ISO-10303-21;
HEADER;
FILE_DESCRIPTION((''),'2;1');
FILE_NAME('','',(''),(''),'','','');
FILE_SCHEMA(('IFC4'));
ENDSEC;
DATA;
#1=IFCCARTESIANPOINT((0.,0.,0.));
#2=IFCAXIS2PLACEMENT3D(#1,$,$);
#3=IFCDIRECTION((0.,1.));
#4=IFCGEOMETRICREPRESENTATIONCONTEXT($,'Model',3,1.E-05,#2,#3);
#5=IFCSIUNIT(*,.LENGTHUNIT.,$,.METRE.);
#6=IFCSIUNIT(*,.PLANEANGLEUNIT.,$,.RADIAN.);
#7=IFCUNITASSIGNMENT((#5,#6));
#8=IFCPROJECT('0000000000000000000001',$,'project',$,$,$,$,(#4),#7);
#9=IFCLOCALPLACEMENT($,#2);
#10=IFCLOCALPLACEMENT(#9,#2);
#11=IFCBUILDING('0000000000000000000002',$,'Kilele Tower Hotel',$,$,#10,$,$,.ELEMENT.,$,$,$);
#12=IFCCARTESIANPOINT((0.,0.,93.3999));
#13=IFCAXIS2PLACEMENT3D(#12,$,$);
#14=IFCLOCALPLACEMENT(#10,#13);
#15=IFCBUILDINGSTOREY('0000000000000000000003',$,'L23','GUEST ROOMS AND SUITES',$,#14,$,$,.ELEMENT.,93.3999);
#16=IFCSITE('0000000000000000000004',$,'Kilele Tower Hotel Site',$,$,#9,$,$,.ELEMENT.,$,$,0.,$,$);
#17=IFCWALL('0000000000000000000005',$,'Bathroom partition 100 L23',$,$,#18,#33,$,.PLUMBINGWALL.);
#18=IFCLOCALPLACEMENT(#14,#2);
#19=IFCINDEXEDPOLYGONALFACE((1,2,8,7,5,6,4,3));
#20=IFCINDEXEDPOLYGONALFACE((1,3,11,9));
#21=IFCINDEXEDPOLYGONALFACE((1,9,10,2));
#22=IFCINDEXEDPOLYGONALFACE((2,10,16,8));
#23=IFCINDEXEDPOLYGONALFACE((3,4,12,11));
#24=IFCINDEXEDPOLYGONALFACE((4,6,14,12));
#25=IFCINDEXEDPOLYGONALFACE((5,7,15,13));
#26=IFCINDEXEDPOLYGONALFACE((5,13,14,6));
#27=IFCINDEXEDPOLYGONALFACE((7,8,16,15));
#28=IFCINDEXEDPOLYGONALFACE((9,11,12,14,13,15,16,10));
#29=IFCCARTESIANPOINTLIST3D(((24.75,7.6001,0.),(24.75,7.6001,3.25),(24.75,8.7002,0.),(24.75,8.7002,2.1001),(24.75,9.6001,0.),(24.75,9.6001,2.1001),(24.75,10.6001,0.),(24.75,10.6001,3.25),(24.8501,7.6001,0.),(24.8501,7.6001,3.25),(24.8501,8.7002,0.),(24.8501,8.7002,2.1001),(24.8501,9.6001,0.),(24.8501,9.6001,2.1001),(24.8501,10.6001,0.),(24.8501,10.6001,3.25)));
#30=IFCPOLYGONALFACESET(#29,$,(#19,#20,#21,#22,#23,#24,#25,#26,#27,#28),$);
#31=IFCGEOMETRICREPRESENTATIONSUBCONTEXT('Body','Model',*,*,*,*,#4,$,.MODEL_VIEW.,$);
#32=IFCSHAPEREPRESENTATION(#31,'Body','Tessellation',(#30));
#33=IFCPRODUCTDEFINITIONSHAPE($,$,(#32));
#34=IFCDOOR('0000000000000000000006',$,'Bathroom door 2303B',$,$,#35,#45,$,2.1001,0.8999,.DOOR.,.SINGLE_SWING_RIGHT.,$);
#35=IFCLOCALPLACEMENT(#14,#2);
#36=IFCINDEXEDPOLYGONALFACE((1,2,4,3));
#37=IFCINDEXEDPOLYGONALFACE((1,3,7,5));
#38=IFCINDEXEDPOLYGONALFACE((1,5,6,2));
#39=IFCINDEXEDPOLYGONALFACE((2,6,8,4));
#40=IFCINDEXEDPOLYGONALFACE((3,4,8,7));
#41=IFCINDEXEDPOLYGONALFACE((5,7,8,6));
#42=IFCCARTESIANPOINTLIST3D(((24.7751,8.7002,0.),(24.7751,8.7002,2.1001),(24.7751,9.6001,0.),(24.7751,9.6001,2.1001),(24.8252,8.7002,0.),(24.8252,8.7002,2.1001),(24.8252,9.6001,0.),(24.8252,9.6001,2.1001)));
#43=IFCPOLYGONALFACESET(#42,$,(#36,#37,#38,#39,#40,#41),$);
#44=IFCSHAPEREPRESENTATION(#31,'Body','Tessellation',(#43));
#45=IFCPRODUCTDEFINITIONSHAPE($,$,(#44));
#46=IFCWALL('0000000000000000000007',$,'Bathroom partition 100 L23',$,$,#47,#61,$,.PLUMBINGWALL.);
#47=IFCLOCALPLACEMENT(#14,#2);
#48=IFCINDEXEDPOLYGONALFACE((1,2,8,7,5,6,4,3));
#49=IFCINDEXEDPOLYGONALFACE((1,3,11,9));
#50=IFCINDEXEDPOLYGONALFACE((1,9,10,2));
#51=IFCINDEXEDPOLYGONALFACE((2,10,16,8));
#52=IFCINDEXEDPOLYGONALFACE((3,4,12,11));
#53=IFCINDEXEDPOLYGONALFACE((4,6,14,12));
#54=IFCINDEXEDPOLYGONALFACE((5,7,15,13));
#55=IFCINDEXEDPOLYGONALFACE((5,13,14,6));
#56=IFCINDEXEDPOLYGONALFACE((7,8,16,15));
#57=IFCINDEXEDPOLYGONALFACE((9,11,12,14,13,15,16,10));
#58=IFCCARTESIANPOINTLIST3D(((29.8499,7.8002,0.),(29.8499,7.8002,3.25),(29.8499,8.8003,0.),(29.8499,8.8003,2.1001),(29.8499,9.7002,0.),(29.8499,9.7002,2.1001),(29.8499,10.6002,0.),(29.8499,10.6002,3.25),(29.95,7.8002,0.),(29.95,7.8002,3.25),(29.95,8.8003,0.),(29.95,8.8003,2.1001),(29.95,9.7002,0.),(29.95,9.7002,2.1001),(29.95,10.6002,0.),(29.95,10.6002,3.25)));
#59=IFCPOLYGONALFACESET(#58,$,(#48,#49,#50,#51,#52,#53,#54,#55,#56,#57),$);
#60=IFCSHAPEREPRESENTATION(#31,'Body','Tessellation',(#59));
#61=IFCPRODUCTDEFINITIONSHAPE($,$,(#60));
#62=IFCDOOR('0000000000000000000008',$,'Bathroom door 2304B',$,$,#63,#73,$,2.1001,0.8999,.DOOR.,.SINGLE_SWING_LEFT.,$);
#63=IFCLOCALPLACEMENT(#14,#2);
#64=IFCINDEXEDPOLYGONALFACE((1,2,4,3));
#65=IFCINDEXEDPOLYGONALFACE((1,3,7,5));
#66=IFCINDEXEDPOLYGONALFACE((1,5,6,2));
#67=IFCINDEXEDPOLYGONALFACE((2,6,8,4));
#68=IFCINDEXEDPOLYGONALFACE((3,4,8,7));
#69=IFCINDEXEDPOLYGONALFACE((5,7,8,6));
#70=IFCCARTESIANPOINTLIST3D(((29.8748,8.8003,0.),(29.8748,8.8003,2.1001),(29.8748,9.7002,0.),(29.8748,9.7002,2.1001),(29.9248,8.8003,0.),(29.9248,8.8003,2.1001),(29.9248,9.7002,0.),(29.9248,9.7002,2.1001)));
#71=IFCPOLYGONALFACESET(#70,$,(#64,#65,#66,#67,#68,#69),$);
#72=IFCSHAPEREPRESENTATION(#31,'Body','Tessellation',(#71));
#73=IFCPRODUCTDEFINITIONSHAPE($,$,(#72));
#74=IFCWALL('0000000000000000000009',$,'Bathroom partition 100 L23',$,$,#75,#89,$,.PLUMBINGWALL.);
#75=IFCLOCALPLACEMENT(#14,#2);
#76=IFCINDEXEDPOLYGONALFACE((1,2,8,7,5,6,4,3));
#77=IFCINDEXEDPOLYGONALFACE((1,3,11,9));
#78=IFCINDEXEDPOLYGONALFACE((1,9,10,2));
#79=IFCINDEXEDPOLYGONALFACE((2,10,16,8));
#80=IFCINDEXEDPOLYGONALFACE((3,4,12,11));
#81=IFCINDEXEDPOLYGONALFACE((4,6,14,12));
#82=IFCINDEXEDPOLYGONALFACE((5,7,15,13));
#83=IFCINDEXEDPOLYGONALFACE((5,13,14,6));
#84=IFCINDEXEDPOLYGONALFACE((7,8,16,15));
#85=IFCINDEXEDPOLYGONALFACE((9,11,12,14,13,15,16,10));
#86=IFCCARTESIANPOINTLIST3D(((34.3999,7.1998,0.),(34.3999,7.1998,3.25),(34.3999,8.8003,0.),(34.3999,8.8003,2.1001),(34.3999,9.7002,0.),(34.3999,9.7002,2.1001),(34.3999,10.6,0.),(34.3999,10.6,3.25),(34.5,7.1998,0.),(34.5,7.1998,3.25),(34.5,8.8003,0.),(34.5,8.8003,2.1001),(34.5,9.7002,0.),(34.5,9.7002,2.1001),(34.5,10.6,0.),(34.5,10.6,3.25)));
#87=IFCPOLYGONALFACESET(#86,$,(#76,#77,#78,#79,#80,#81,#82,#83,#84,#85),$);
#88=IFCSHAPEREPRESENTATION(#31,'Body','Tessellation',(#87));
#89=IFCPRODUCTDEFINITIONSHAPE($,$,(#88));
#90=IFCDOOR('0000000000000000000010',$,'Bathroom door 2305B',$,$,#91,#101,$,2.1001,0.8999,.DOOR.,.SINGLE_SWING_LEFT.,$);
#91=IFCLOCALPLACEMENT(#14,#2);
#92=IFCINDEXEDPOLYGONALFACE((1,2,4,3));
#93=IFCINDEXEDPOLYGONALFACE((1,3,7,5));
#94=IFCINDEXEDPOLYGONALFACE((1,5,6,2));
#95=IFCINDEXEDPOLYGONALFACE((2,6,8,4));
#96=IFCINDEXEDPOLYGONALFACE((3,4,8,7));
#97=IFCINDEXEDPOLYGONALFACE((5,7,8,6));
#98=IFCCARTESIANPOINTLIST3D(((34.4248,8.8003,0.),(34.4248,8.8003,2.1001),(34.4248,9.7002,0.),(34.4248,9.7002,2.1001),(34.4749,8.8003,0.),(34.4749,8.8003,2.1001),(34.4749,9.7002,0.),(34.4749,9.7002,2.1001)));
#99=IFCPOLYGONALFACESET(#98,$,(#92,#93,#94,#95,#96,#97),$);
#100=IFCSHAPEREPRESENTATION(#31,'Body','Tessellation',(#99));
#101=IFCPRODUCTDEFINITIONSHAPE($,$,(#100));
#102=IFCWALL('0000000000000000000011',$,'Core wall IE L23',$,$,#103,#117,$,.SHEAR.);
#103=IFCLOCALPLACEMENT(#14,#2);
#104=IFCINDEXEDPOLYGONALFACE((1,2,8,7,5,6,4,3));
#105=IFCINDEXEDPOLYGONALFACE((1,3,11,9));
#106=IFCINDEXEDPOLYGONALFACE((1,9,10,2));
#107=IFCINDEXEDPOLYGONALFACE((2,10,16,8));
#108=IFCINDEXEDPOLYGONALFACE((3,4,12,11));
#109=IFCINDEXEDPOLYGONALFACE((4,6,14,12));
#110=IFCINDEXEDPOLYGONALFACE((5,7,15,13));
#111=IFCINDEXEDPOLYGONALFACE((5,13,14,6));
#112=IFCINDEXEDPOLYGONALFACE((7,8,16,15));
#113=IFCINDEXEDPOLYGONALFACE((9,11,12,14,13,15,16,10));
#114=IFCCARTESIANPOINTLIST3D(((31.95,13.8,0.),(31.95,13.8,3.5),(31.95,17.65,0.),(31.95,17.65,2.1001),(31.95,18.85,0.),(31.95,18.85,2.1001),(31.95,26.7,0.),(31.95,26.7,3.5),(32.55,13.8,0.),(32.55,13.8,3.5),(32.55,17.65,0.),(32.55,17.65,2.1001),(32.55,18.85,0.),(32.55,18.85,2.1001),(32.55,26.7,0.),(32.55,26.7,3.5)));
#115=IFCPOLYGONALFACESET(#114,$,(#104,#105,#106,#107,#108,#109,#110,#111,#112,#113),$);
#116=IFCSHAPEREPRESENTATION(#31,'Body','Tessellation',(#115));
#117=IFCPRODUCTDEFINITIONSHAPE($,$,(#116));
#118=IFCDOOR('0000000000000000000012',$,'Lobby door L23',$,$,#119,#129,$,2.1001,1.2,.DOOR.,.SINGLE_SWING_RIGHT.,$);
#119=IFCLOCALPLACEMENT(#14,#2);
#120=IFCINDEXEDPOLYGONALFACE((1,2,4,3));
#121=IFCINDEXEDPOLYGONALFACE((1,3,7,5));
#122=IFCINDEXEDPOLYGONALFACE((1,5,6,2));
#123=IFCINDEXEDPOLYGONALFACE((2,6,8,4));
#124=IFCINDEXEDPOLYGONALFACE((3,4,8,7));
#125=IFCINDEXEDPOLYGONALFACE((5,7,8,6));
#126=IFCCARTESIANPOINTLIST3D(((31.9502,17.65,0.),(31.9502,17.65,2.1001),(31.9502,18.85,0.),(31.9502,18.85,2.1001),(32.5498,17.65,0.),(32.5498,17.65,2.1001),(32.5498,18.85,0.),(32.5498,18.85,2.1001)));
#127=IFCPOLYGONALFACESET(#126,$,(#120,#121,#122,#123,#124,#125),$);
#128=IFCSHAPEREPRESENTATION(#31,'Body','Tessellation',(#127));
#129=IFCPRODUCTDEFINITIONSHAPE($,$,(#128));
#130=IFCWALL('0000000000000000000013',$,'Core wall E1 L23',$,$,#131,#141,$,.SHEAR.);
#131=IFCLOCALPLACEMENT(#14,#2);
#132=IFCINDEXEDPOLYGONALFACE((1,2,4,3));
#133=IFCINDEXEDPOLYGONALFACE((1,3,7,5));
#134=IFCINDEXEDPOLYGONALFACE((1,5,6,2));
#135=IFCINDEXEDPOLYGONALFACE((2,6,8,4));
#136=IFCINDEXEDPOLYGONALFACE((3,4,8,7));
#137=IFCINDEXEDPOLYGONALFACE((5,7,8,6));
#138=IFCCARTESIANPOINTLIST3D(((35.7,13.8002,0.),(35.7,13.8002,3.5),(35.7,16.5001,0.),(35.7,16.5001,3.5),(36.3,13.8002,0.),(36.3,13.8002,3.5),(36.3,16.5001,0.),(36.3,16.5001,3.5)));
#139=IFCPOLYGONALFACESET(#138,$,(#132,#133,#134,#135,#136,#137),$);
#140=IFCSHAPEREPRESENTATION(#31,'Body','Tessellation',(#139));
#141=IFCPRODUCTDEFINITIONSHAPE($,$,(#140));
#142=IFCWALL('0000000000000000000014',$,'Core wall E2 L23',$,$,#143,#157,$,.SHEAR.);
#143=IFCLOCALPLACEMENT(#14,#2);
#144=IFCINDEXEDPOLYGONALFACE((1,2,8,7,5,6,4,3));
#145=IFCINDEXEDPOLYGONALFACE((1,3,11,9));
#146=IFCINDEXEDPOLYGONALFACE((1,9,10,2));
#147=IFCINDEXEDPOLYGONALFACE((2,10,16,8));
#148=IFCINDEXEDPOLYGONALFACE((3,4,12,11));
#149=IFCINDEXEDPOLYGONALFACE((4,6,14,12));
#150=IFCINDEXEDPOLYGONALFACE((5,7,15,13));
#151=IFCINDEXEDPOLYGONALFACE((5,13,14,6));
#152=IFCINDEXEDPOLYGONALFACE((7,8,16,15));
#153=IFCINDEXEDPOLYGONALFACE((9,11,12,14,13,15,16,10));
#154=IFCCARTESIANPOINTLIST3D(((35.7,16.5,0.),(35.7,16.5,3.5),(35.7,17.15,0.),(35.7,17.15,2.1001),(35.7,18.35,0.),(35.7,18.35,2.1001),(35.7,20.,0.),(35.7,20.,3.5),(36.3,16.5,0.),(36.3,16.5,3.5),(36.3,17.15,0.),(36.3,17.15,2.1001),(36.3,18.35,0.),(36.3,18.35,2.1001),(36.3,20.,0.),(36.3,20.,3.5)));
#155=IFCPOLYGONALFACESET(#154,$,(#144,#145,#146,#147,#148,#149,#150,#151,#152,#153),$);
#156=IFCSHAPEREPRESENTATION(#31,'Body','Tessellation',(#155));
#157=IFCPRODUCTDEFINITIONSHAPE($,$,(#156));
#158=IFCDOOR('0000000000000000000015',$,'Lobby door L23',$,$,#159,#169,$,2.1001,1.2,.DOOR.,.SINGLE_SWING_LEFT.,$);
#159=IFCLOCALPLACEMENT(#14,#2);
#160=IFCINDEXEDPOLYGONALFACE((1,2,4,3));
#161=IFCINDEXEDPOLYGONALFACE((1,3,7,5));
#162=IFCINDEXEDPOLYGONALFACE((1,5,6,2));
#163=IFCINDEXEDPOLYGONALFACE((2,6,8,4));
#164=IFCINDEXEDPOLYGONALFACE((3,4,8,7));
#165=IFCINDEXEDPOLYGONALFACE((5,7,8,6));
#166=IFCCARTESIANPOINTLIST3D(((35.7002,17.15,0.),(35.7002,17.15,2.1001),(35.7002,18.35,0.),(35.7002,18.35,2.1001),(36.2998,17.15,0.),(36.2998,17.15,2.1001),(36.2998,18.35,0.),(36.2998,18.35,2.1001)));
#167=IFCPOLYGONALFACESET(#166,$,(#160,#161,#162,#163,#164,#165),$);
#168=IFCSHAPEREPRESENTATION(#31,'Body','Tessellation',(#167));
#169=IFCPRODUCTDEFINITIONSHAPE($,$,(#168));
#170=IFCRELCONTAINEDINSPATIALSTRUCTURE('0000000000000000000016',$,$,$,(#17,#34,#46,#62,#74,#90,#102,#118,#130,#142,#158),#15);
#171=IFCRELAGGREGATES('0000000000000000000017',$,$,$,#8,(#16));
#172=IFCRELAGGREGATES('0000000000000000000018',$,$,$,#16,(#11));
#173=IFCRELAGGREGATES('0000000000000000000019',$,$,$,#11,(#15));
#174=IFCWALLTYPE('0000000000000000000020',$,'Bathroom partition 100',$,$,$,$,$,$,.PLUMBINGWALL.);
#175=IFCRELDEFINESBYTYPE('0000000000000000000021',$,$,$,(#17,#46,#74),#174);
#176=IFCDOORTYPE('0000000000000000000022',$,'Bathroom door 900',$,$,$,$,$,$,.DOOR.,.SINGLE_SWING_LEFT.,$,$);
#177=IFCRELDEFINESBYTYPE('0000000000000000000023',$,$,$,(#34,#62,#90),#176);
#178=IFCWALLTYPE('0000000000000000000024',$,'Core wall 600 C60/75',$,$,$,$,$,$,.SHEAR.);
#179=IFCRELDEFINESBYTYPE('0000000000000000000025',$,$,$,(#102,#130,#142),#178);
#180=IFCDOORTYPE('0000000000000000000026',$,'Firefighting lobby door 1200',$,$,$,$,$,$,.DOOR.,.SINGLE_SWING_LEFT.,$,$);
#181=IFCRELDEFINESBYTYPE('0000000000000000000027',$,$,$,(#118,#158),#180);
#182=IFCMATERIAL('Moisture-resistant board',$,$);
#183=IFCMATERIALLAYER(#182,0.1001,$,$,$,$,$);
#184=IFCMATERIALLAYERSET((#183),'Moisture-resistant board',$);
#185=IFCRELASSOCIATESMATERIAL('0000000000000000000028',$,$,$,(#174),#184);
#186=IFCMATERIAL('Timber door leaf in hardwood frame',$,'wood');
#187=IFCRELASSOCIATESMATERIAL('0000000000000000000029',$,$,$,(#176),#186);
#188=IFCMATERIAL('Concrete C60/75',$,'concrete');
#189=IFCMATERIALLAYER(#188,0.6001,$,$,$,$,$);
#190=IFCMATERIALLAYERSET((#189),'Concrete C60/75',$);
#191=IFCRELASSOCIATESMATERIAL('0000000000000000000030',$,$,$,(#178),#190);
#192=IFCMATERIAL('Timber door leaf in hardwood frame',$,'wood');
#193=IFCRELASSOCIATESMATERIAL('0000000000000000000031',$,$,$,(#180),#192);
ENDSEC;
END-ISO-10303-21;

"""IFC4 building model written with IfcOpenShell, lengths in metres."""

from ifc_helpers import new_model, si_unit, direction, frame, frame_2d, origin, place, context, subcontext, project, spatial, rectangle, extrude, material, layer, layer_set, type_object, element, fill, save


model = new_model("IFC4")

# Units and contexts
model_context = context("Model", 3, precision=1e-05, world=origin(), true_north=direction((0.0, 1.0)))
body_context = subcontext(model_context, "Body", "Model", "MODEL_VIEW")
ifc_project = project(units=[si_unit("LENGTHUNIT", "METRE"), si_unit("PLANEANGLEUNIT", "RADIAN")], contexts=[model_context])

# Site, building, storey
site_placement = place(None, origin())
site = spatial("IfcSite", under=ifc_project, at=site_placement, Name="Kilele Tower Hotel Site", CompositionType="ELEMENT", RefElevation=0.0)
building_placement = place(site_placement, origin())
building = spatial("IfcBuilding", under=site, at=building_placement, Name="Kilele Tower Hotel", CompositionType="ELEMENT")
storey_placement = place(building_placement, frame((0.0, 0.0, 93.3999)))
storey = spatial("IfcBuildingStorey", under=building, at=storey_placement, Name="L23", Description="GUEST ROOMS AND SUITES", CompositionType="ELEMENT", Elevation=93.3999)

# Walls, openings, doors
ifc_material_1 = material(Name="Moisture-resistant board")
ifc_layer_1 = layer(ifc_material_1, 0.1001)
ifc_layer_set_1 = layer_set([ifc_layer_1], Name="Moisture-resistant board")
wall_type_1 = type_object("IfcWallType", Name="Bathroom partition 100", PredefinedType="PLUMBINGWALL", material=ifc_layer_set_1)
wall_1_placement = place(storey_placement, frame((24.8, 10.6001, 0.0), z_axis=(0.0, 0.0, 1.0), x_axis=(0.0, -1.0, 0.0)))
wall_1 = element("IfcWall", 1, at=wall_1_placement, inside=storey, type_object=wall_type_1, Name="Bathroom partition 100 L23", PredefinedType="PLUMBINGWALL", context=body_context, shape_type="SweptSolid", body=[
    extrude(rectangle(XDim=3.0, YDim=0.1001, at=frame_2d((1.5, 0.0))), origin(), (0.0, 0.0, 1.0), 3.25),
])
opening_1_placement = place(wall_1_placement, frame((1.8999, 0.0, 0.0), z_axis=(0.0, 0.0, 1.0), x_axis=(-1.0, 0.0, 0.0)))
opening_1 = element("IfcOpeningElement", 2, at=opening_1_placement, cuts=wall_1, PredefinedType="OPENING", context=body_context, shape_type="SweptSolid", body=[
    extrude(rectangle(XDim=0.8999, YDim=2.1001, at=frame_2d((0.45, 1.05))), frame((0.0, 0.0601, 0.0), z_axis=(0.0, -1.0, 0.0), x_axis=(1.0, 0.0, 0.0)), (0.0, 0.0, 1.0), 0.1201),
])
ifc_material_2 = material(Name="Timber door leaf in hardwood frame", Category="wood")
door_type_1 = type_object("IfcDoorType", Name="Bathroom door 900", OperationType="SINGLE_SWING_LEFT", PredefinedType="DOOR", material=ifc_material_2)
door_1_placement = place(opening_1_placement, origin())
door_1 = element("IfcDoor", 3, at=door_1_placement, inside=storey, type_object=door_type_1, Name="Bathroom door 2303B", OperationType="SINGLE_SWING_RIGHT", OverallHeight=2.1001, OverallWidth=0.8999, PredefinedType="DOOR", context=body_context, shape_type="SweptSolid", body=[
    extrude(rectangle(XDim=0.8999, YDim=2.1001, at=frame_2d((0.45, 1.05))), frame((0.0, 0.0249, 0.0), z_axis=(0.0, -1.0, 0.0), x_axis=(1.0, 0.0, 0.0)), (0.0, 0.0, 1.0), 0.05),
])
fill(opening_1, door_1)
wall_2_placement = place(storey_placement, frame((29.8999, 10.6001, 0.0), z_axis=(0.0, 0.0, 1.0), x_axis=(0.0, -1.0, 0.0)))
wall_2 = element("IfcWall", 4, at=wall_2_placement, inside=storey, type_object=wall_type_1, Name="Bathroom partition 100 L23", PredefinedType="PLUMBINGWALL", context=body_context, shape_type="SweptSolid", body=[
    extrude(rectangle(XDim=2.8, YDim=0.1001, at=frame_2d((1.3999, 0.0))), origin(), (0.0, 0.0, 1.0), 3.25),
])
opening_2_placement = place(wall_2_placement, frame((0.8999, 0.0, 0.0)))
opening_2 = element("IfcOpeningElement", 5, at=opening_2_placement, cuts=wall_2, PredefinedType="OPENING", context=body_context, shape_type="SweptSolid", body=[
    extrude(rectangle(XDim=0.8999, YDim=2.1001, at=frame_2d((0.45, 1.05))), frame((0.0, 0.0601, 0.0), z_axis=(0.0, -1.0, 0.0), x_axis=(1.0, 0.0, 0.0)), (0.0, 0.0, 1.0), 0.1201),
])
door_2_placement = place(opening_2_placement, origin())
door_2 = element("IfcDoor", 6, at=door_2_placement, inside=storey, type_object=door_type_1, Name="Bathroom door 2304B", OperationType="SINGLE_SWING_LEFT", OverallHeight=2.1001, OverallWidth=0.8999, PredefinedType="DOOR", context=body_context, shape_type="SweptSolid", body=[
    extrude(rectangle(XDim=0.8999, YDim=2.1001, at=frame_2d((0.45, 1.05))), frame((0.0, 0.0249, 0.0), z_axis=(0.0, -1.0, 0.0), x_axis=(1.0, 0.0, 0.0)), (0.0, 0.0, 1.0), 0.05),
])
fill(opening_2, door_2)
wall_3_placement = place(storey_placement, frame((34.45, 10.6001, 0.0), z_axis=(0.0, 0.0, 1.0), x_axis=(0.0, -1.0, 0.0)))
wall_3 = element("IfcWall", 7, at=wall_3_placement, inside=storey, type_object=wall_type_1, Name="Bathroom partition 100 L23", PredefinedType="PLUMBINGWALL", context=body_context, shape_type="SweptSolid", body=[
    extrude(rectangle(XDim=3.4001, YDim=0.1001, at=frame_2d((1.7002, 0.0))), origin(), (0.0, 0.0, 1.0), 3.25),
])
opening_3_placement = place(wall_3_placement, frame((0.8999, 0.0, 0.0)))
opening_3 = element("IfcOpeningElement", 8, at=opening_3_placement, cuts=wall_3, PredefinedType="OPENING", context=body_context, shape_type="SweptSolid", body=[
    extrude(rectangle(XDim=0.8999, YDim=2.1001, at=frame_2d((0.45, 1.05))), frame((0.0, 0.0601, 0.0), z_axis=(0.0, -1.0, 0.0), x_axis=(1.0, 0.0, 0.0)), (0.0, 0.0, 1.0), 0.1201),
])
door_3_placement = place(opening_3_placement, origin())
door_3 = element("IfcDoor", 9, at=door_3_placement, inside=storey, type_object=door_type_1, Name="Bathroom door 2305B", OperationType="SINGLE_SWING_LEFT", OverallHeight=2.1001, OverallWidth=0.8999, PredefinedType="DOOR", context=body_context, shape_type="SweptSolid", body=[
    extrude(rectangle(XDim=0.8999, YDim=2.1001, at=frame_2d((0.45, 1.05))), frame((0.0, 0.0249, 0.0), z_axis=(0.0, -1.0, 0.0), x_axis=(1.0, 0.0, 0.0)), (0.0, 0.0, 1.0), 0.05),
])
fill(opening_3, door_3)
ifc_material_3 = material(Name="Concrete C60/75", Category="concrete")
ifc_layer_2 = layer(ifc_material_3, 0.6001)
ifc_layer_set_2 = layer_set([ifc_layer_2], Name="Concrete C60/75")
wall_type_2 = type_object("IfcWallType", Name="Core wall 600 C60/75", PredefinedType="SHEAR", material=ifc_layer_set_2)
wall_4_placement = place(storey_placement, frame((32.25, 13.8, 0.0), z_axis=(0.0, 0.0, 1.0), x_axis=(0.0, 1.0, 0.0)))
wall_4 = element("IfcWall", 10, at=wall_4_placement, inside=storey, type_object=wall_type_2, Name="Core wall IE L23", PredefinedType="SHEAR", context=body_context, shape_type="SweptSolid", body=[
    extrude(rectangle(XDim=12.8999, YDim=0.6001, at=frame_2d((6.45, 0.0))), origin(), (0.0, 0.0, 1.0), 3.5),
])
opening_4_placement = place(wall_4_placement, frame((5.05, 0.0, 0.0), z_axis=(0.0, 0.0, 1.0), x_axis=(-1.0, 0.0, 0.0)))
opening_4 = element("IfcOpeningElement", 11, at=opening_4_placement, cuts=wall_4, PredefinedType="OPENING", context=body_context, shape_type="SweptSolid", body=[
    extrude(rectangle(XDim=1.2, YDim=2.1001, at=frame_2d((0.6001, 1.05))), frame((0.0, 0.3101, 0.0), z_axis=(0.0, -1.0, 0.0), x_axis=(1.0, 0.0, 0.0)), (0.0, 0.0, 1.0), 0.6201),
])
ifc_material_4 = material(Name="Timber door leaf in hardwood frame", Category="wood")
door_type_2 = type_object("IfcDoorType", Name="Firefighting lobby door 1200", OperationType="SINGLE_SWING_LEFT", PredefinedType="DOOR", material=ifc_material_4)
door_4_placement = place(opening_4_placement, origin())
door_4 = element("IfcDoor", 12, at=door_4_placement, inside=storey, type_object=door_type_2, Name="Lobby door L23", OperationType="SINGLE_SWING_RIGHT", OverallHeight=2.1001, OverallWidth=1.2, PredefinedType="DOOR", context=body_context, shape_type="SweptSolid", body=[
    extrude(rectangle(XDim=1.2, YDim=2.1001, at=frame_2d((0.6001, 1.05))), frame((0.0, 0.2998, 0.0), z_axis=(0.0, -1.0, 0.0), x_axis=(1.0, 0.0, 0.0)), (0.0, 0.0, 1.0), 0.5996),
])
fill(opening_4, door_4)

# Wall
wall_5_placement = place(storey_placement, frame((36.0, 13.8, 0.0), z_axis=(0.0, 0.0, 1.0), x_axis=(0.0, 1.0, 0.0)))
element("IfcWall", 13, at=wall_5_placement, inside=storey, type_object=wall_type_2, Name="Core wall E1 L23", PredefinedType="SHEAR", context=body_context, shape_type="SweptSolid", body=[
    extrude(rectangle(XDim=2.7, YDim=0.6001, at=frame_2d((1.3501, 0.0))), origin(), (0.0, 0.0, 1.0), 3.5),
])

# Wall, opening, door
wall_6_placement = place(storey_placement, frame((36.0, 16.5, 0.0), z_axis=(0.0, 0.0, 1.0), x_axis=(0.0, 1.0, 0.0)))
wall_6 = element("IfcWall", 14, at=wall_6_placement, inside=storey, type_object=wall_type_2, Name="Core wall E2 L23", PredefinedType="SHEAR", context=body_context, shape_type="SweptSolid", body=[
    extrude(rectangle(XDim=3.5, YDim=0.6001, at=frame_2d((1.75, 0.0))), origin(), (0.0, 0.0, 1.0), 3.5),
])
opening_5_placement = place(wall_6_placement, frame((0.6499, 0.0, 0.0)))
opening_5 = element("IfcOpeningElement", 15, at=opening_5_placement, cuts=wall_6, PredefinedType="OPENING", context=body_context, shape_type="SweptSolid", body=[
    extrude(rectangle(XDim=1.2, YDim=2.1001, at=frame_2d((0.6001, 1.05))), frame((0.0, 0.3101, 0.0), z_axis=(0.0, -1.0, 0.0), x_axis=(1.0, 0.0, 0.0)), (0.0, 0.0, 1.0), 0.6201),
])
door_5_placement = place(opening_5_placement, origin())
door_5 = element("IfcDoor", 16, at=door_5_placement, inside=storey, type_object=door_type_2, Name="Lobby door L23", OperationType="SINGLE_SWING_LEFT", OverallHeight=2.1001, OverallWidth=1.2, PredefinedType="DOOR", context=body_context, shape_type="SweptSolid", body=[
    extrude(rectangle(XDim=1.2, YDim=2.1001, at=frame_2d((0.6001, 1.05))), frame((0.0, 0.2998, 0.0), z_axis=(0.0, -1.0, 0.0), x_axis=(1.0, 0.0, 0.0)), (0.0, 0.0, 1.0), 0.5996),
])
fill(opening_5, door_5)

save(model, "model.ifc")
